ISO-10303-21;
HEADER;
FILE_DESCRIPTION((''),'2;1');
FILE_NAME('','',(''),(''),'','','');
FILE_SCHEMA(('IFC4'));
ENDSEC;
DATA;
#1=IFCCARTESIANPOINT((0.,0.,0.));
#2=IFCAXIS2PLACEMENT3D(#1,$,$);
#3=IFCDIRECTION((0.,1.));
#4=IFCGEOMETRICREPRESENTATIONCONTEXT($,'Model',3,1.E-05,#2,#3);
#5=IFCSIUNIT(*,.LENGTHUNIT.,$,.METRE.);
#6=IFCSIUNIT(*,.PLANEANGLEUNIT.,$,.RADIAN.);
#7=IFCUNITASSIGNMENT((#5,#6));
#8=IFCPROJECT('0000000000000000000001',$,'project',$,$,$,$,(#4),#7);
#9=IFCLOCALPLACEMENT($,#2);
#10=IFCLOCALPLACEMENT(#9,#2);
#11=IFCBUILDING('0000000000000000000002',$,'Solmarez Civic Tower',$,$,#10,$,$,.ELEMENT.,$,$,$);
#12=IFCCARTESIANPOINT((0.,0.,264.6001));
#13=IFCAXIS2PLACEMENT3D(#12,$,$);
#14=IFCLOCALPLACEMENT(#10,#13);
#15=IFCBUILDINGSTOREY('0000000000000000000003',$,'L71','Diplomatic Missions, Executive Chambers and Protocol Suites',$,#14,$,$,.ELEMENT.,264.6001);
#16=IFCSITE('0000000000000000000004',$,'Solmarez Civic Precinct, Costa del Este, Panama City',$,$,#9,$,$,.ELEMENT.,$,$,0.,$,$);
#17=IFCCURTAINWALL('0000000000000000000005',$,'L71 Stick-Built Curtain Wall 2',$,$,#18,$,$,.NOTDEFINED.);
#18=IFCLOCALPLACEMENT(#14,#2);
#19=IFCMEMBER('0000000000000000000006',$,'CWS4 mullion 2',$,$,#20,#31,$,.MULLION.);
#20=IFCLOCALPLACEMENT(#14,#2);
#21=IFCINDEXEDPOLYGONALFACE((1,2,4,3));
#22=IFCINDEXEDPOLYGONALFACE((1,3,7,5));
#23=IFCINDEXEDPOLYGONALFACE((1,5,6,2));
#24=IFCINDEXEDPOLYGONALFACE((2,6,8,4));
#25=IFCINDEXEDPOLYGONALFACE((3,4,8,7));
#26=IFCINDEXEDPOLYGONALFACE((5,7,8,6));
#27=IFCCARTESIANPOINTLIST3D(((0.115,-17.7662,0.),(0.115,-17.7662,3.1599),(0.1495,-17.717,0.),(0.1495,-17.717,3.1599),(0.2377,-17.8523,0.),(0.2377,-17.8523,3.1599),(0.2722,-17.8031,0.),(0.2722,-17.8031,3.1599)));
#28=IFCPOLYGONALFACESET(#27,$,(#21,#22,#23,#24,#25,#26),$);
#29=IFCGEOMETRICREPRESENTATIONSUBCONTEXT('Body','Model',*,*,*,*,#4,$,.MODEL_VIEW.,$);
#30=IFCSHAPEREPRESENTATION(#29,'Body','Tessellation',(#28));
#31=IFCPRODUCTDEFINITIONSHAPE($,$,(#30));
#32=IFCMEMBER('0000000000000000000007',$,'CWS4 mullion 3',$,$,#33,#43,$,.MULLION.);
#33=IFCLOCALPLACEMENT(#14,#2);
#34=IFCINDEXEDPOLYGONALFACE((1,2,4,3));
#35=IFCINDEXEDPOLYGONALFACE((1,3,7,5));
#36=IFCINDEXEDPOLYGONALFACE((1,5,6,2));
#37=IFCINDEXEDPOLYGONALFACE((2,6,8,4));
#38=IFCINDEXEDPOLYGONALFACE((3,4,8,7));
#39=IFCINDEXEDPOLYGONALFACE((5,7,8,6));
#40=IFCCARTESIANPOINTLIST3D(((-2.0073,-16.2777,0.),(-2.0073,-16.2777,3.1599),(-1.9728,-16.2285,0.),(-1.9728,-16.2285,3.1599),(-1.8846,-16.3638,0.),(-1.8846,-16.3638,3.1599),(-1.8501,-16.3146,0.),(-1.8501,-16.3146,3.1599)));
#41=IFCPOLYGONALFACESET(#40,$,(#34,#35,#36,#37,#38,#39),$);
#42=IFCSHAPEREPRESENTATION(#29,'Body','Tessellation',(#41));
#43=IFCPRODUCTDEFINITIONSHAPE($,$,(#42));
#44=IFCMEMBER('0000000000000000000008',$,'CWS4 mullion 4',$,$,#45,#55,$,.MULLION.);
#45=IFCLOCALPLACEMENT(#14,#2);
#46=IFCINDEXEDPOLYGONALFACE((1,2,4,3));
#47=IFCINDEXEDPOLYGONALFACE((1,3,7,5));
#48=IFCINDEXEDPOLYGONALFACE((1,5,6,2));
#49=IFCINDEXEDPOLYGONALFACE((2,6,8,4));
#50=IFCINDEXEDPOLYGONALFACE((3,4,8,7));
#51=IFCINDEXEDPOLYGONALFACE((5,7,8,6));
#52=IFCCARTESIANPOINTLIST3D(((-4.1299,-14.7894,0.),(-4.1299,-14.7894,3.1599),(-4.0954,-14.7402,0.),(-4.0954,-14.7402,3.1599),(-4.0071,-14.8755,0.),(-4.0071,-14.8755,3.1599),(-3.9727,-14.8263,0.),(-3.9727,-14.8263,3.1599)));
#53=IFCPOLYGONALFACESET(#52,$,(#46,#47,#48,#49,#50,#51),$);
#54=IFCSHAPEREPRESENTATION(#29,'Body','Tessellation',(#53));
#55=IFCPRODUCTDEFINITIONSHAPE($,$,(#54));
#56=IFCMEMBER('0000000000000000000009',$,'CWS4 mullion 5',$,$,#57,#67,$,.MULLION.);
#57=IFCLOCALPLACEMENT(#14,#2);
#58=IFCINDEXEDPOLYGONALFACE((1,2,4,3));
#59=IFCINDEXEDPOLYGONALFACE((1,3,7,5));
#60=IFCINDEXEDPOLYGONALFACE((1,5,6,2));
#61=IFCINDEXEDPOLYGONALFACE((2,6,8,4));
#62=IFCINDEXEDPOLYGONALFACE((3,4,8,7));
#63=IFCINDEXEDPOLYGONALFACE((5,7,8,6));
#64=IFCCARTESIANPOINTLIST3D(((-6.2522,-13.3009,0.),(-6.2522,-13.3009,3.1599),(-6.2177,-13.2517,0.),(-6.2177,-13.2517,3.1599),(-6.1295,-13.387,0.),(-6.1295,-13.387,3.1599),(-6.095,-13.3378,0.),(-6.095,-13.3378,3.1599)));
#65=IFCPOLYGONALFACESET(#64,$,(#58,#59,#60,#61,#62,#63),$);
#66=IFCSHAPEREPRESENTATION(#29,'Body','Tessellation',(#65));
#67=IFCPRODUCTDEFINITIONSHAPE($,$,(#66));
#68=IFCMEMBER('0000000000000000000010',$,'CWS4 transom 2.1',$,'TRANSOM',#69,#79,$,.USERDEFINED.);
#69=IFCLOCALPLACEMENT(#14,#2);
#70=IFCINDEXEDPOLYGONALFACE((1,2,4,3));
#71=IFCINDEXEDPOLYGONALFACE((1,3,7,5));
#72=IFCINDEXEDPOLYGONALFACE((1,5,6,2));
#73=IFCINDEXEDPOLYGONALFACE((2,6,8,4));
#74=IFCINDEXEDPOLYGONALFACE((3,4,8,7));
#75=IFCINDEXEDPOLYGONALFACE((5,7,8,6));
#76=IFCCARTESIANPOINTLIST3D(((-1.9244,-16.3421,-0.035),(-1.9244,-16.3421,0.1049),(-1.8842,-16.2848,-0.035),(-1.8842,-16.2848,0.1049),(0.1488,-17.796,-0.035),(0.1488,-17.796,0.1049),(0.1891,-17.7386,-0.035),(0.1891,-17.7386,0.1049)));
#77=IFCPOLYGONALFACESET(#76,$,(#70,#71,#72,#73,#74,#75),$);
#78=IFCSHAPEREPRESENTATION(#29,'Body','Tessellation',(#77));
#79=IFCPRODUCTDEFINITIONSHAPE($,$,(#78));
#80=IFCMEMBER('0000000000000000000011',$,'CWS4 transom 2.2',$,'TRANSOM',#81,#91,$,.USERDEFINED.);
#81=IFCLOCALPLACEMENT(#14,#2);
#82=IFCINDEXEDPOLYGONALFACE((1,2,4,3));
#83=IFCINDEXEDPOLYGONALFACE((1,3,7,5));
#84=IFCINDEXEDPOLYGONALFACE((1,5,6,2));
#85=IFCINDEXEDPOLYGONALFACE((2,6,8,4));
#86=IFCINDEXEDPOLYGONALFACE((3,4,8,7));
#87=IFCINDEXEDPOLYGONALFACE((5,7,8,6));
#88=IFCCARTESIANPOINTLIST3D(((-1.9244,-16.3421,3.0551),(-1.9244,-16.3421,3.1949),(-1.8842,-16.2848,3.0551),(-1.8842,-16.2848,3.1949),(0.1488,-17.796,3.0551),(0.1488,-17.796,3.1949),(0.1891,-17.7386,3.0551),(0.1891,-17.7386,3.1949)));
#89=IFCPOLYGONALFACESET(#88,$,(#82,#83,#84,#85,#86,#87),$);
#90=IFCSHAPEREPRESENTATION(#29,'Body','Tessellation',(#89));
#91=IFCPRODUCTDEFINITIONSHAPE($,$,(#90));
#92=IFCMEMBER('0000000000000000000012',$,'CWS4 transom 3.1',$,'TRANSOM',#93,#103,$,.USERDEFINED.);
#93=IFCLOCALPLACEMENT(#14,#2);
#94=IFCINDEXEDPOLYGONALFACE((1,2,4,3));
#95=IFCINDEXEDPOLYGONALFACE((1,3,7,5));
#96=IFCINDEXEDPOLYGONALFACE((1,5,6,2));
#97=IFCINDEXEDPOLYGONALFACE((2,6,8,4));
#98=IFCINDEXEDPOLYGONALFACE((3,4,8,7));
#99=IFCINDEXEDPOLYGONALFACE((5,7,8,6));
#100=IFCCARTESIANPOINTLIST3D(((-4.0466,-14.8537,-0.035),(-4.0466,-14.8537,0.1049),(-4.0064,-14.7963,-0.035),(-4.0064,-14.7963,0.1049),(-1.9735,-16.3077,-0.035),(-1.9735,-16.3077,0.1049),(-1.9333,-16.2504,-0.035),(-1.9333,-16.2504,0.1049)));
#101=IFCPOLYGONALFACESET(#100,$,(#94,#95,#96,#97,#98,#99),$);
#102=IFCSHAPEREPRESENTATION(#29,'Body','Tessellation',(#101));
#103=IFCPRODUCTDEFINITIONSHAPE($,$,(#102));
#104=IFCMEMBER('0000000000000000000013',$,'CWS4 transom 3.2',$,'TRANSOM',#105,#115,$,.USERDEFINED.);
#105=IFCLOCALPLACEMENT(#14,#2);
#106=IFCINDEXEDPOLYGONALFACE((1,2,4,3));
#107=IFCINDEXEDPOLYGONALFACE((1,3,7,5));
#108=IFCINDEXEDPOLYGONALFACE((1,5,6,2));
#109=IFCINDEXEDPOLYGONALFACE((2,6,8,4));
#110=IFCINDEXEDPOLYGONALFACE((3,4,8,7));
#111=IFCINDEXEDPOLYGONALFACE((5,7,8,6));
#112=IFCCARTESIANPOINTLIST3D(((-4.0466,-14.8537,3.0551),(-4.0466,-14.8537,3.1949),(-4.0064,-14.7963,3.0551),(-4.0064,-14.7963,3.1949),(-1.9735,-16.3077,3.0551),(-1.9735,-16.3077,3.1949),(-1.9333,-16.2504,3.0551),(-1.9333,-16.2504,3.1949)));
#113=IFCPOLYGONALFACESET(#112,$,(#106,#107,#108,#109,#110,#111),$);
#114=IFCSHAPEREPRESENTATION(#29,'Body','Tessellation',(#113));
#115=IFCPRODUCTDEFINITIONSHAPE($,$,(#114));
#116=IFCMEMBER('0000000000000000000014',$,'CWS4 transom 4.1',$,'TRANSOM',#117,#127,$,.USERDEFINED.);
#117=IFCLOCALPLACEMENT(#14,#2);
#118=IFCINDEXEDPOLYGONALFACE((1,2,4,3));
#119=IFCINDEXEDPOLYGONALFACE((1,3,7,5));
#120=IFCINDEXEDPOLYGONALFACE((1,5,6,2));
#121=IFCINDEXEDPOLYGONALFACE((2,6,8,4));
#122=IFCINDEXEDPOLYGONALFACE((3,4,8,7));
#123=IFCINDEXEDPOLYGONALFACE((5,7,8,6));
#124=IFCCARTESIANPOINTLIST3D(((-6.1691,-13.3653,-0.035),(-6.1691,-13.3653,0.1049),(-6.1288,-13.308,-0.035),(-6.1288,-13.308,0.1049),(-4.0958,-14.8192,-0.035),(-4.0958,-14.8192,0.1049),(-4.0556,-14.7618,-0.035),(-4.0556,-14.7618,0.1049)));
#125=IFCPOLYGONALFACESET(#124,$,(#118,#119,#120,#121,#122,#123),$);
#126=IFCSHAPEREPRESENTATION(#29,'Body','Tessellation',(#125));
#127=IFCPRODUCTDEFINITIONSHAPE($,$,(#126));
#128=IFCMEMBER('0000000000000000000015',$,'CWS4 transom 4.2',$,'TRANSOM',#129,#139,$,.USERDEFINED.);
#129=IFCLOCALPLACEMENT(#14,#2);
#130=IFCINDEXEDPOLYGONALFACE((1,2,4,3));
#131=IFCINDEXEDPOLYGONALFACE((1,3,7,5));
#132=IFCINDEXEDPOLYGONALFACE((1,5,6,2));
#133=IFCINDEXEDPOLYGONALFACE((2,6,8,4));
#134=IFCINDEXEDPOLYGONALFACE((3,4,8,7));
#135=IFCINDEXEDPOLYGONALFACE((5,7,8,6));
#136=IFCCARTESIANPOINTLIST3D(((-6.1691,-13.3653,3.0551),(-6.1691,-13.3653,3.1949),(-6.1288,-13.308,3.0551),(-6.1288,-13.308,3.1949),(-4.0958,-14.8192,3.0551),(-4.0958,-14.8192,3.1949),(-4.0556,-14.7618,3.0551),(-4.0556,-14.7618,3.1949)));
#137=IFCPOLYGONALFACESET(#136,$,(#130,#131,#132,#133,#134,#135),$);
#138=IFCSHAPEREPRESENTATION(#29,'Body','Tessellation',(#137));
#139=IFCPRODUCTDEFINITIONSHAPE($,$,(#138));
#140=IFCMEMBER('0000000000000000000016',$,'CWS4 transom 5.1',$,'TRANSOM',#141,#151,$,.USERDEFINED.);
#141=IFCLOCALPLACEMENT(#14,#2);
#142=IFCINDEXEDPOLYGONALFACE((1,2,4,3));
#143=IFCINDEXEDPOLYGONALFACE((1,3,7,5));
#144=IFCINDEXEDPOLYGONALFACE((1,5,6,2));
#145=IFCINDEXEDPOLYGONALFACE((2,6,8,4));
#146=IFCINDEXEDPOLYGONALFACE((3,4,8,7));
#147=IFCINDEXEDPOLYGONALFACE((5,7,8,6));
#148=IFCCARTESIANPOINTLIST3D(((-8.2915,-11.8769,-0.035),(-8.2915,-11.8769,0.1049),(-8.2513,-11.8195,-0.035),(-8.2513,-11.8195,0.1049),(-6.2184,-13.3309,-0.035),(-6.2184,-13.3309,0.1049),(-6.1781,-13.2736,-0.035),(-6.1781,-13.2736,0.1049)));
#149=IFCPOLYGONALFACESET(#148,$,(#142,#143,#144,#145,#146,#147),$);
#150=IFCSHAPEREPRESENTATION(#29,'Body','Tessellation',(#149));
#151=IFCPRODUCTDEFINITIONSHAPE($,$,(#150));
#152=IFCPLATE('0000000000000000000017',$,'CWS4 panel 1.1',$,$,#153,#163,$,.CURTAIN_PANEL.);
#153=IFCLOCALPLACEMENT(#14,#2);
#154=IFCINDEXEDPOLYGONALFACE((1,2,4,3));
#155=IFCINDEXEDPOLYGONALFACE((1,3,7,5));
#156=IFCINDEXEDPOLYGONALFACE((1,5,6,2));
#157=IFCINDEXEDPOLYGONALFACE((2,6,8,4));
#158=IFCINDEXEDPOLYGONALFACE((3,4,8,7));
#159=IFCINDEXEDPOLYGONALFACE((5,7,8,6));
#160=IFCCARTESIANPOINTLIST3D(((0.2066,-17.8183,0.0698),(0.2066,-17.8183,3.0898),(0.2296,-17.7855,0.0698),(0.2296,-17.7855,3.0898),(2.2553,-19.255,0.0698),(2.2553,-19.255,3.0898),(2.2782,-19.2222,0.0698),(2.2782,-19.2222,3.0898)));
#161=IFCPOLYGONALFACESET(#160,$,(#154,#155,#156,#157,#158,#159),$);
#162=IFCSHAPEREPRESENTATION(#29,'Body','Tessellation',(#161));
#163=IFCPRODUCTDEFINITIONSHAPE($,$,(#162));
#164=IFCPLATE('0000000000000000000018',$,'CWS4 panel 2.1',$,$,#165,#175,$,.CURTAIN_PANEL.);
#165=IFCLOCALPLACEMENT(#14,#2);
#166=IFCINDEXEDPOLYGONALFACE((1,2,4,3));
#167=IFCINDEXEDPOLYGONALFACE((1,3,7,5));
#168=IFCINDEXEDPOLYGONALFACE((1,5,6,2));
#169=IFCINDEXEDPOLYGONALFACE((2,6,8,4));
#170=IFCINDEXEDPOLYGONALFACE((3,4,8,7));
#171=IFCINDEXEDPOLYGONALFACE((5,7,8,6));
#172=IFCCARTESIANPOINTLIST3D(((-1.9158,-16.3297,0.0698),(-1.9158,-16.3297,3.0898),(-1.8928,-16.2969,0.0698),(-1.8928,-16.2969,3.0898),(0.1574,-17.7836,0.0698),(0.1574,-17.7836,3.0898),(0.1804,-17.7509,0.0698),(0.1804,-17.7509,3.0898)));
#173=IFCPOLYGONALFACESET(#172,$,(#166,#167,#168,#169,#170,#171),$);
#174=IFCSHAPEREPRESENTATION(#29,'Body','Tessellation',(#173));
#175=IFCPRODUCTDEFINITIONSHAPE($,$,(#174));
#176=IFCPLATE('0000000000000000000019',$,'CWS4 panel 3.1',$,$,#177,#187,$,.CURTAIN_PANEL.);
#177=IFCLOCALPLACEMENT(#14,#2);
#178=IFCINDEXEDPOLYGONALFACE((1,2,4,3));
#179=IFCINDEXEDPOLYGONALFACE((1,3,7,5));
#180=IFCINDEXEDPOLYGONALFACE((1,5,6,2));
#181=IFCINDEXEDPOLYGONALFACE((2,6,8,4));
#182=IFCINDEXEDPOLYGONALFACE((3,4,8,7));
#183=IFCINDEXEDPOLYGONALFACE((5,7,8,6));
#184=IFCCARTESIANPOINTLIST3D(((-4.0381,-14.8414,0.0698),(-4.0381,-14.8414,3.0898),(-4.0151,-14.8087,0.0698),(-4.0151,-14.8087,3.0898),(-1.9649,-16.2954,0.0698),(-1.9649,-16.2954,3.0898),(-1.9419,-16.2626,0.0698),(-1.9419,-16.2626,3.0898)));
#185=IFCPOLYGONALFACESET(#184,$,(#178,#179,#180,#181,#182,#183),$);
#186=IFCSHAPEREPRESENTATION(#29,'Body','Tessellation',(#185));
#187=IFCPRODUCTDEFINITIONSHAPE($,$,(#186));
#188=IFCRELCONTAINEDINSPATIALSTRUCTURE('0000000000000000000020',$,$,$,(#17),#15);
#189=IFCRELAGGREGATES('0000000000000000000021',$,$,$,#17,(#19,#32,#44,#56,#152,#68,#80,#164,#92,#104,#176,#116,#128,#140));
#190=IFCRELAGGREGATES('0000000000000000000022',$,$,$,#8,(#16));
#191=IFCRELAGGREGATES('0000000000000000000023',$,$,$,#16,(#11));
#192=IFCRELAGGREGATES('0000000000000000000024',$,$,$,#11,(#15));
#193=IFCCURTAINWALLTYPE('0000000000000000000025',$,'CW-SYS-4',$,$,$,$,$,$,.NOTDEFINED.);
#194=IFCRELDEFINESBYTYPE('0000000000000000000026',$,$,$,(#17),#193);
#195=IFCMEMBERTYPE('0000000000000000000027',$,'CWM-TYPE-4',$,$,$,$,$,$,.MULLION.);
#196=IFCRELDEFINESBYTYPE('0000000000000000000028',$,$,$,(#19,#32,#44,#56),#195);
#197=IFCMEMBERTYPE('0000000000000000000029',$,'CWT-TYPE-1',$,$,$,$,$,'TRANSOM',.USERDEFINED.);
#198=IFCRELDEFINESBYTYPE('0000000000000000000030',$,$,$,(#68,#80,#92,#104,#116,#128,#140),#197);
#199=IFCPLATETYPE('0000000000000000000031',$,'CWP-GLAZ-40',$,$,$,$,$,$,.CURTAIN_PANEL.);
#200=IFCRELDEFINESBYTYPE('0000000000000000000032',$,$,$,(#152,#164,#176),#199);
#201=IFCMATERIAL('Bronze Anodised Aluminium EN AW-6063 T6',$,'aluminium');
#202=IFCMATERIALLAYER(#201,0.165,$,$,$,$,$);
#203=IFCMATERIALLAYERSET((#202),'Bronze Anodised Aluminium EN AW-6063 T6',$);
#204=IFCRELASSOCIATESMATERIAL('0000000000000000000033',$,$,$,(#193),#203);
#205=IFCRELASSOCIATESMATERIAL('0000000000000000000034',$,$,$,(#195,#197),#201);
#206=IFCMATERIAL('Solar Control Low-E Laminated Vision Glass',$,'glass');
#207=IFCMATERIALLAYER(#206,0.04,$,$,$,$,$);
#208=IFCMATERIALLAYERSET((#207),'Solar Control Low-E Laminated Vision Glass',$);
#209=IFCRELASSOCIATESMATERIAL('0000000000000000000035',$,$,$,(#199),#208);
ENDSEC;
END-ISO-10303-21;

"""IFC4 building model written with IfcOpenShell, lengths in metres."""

from ifc_helpers import new_model, si_unit, direction, frame, origin, origin_2d, place, context, subcontext, project, spatial, rectangle, extrude, material, layer, layer_set, material_profile, profile_set, type_object, element, aggregate, save


model = new_model("IFC4")

# Units and contexts
model_context = context("Model", 3, precision=1e-05, world=origin(), true_north=direction((0.0, 1.0)))
body_context = subcontext(model_context, "Body", "Model", "MODEL_VIEW")
ifc_project = project(units=[si_unit("LENGTHUNIT", "METRE"), si_unit("PLANEANGLEUNIT", "RADIAN")], contexts=[model_context])

# Site, building, storey
site_placement = place(None, origin())
site = spatial("IfcSite", under=ifc_project, at=site_placement, Name="Solmarez Civic Precinct, Costa del Este, Panama City", CompositionType="ELEMENT", RefElevation=0.0)
building_placement = place(site_placement, origin())
building = spatial("IfcBuilding", under=site, at=building_placement, Name="Solmarez Civic Tower", CompositionType="ELEMENT")
storey_placement = place(building_placement, frame((0.0, 0.0, 264.6001)))
storey = spatial("IfcBuildingStorey", under=building, at=storey_placement, Name="L71", Description="Diplomatic Missions, Executive Chambers and Protocol Suites", CompositionType="ELEMENT", Elevation=264.6001)

# Curtain wall, members, plates
ifc_material_1 = material(Name="Bronze Anodised Aluminium EN AW-6063 T6", Category="aluminium")
ifc_layer_1 = layer(ifc_material_1, 0.165)
ifc_layer_set_1 = layer_set([ifc_layer_1], Name="Bronze Anodised Aluminium EN AW-6063 T6")
curtain_wall_type = type_object("IfcCurtainWallType", Name="CW-SYS-4", PredefinedType="NOTDEFINED", material=ifc_layer_set_1)
curtain_wall_placement = place(storey_placement, origin())
curtain_wall = element("IfcCurtainWall", 1, at=curtain_wall_placement, inside=storey, type_object=curtain_wall_type, Name="L71 Stick-Built Curtain Wall 2", PredefinedType="NOTDEFINED")
ifc_material_profile_1 = material_profile(ifc_material_1, rectangle(XDim=0.0601, YDim=0.1499, at=origin_2d()), Name="CWM-60X150")
ifc_profile_set_1 = profile_set([ifc_material_profile_1], Name="Bronze Anodised Aluminium EN AW-6063 T6")
member_type_1 = type_object("IfcMemberType", Name="CWM-TYPE-4", PredefinedType="MULLION", material=ifc_profile_set_1)
member_1_placement = place(storey_placement, frame((0.1936, -17.7847, 0.0), z_axis=(0.0, 0.0, 1.0), x_axis=(-0.574166, -0.818739, 0.0)))
member_1 = element("IfcMember", 2, at=member_1_placement, type_object=member_type_1, Name="CWS4 mullion 2", PredefinedType="MULLION", context=body_context, shape_type="SweptSolid", body=[
    extrude(rectangle(XDim=0.0601, YDim=0.1499, at=origin_2d()), origin(), (0.0, 0.0, 1.0), 3.1599),
])
member_2_placement = place(storey_placement, frame((-1.9287, -16.2961, 0.0), z_axis=(0.0, 0.0, 1.0), x_axis=(-0.574166, -0.818739, 0.0)))
member_2 = element("IfcMember", 3, at=member_2_placement, type_object=member_type_1, Name="CWS4 mullion 3", PredefinedType="MULLION", context=body_context, shape_type="SweptSolid", body=[
    extrude(rectangle(XDim=0.0601, YDim=0.1499, at=origin_2d()), origin(), (0.0, 0.0, 1.0), 3.1599),
])
member_3_placement = place(storey_placement, frame((-4.0513, -14.8079, 0.0), z_axis=(0.0, 0.0, 1.0), x_axis=(-0.574166, -0.818739, 0.0)))
member_3 = element("IfcMember", 4, at=member_3_placement, type_object=member_type_1, Name="CWS4 mullion 4", PredefinedType="MULLION", context=body_context, shape_type="SweptSolid", body=[
    extrude(rectangle(XDim=0.0601, YDim=0.1499, at=origin_2d()), origin(), (0.0, 0.0, 1.0), 3.1599),
])
member_4_placement = place(storey_placement, frame((-6.1736, -13.3193, 0.0), z_axis=(0.0, 0.0, 1.0), x_axis=(-0.574166, -0.818739, 0.0)))
member_4 = element("IfcMember", 5, at=member_4_placement, type_object=member_type_1, Name="CWS4 mullion 5", PredefinedType="MULLION", context=body_context, shape_type="SweptSolid", body=[
    extrude(rectangle(XDim=0.0601, YDim=0.1499, at=origin_2d()), origin(), (0.0, 0.0, 1.0), 3.1599),
])
ifc_material_profile_2 = material_profile(ifc_material_1, rectangle(XDim=0.0701, YDim=0.1399, at=origin_2d()), Name="CWT-70X140")
ifc_profile_set_2 = profile_set([ifc_material_profile_2], Name="Bronze Anodised Aluminium EN AW-6063 T6")
member_type_2 = type_object("IfcMemberType", Name="CWT-TYPE-1", ElementType="TRANSOM", PredefinedType="USERDEFINED", material=ifc_profile_set_2)
member_5_placement = place(storey_placement, frame((0.1689, -17.7673, 0.0349), z_axis=(-0.818752, 0.574148, 0.0), x_axis=(-0.574148, -0.818752, 0.0)))
member_5 = element("IfcMember", 6, at=member_5_placement, type_object=member_type_2, Name="CWS4 transom 2.1", ObjectType="TRANSOM", PredefinedType="USERDEFINED", context=body_context, shape_type="SweptSolid", body=[
    extrude(rectangle(XDim=0.0701, YDim=0.1399, at=origin_2d()), origin(), (0.0, 0.0, 1.0), 2.5322),
])
member_6_placement = place(storey_placement, frame((0.1689, -17.7673, 3.125), z_axis=(-0.818752, 0.574148, 0.0), x_axis=(-0.574148, -0.818752, 0.0)))
member_6 = element("IfcMember", 7, at=member_6_placement, type_object=member_type_2, Name="CWS4 transom 2.2", ObjectType="TRANSOM", PredefinedType="USERDEFINED", context=body_context, shape_type="SweptSolid", body=[
    extrude(rectangle(XDim=0.0701, YDim=0.1399, at=origin_2d()), origin(), (0.0, 0.0, 1.0), 2.5322),
])
member_7_placement = place(storey_placement, frame((-1.9534, -16.2791, 0.0349), z_axis=(-0.818706, 0.574213, 0.0), x_axis=(-0.574213, -0.818706, 0.0)))
member_7 = element("IfcMember", 8, at=member_7_placement, type_object=member_type_2, Name="CWS4 transom 3.1", ObjectType="TRANSOM", PredefinedType="USERDEFINED", context=body_context, shape_type="SweptSolid", body=[
    extrude(rectangle(XDim=0.0701, YDim=0.1399, at=origin_2d()), origin(), (0.0, 0.0, 1.0), 2.5322),
])
member_8_placement = place(storey_placement, frame((-1.9534, -16.2791, 3.125), z_axis=(-0.818706, 0.574213, 0.0), x_axis=(-0.574213, -0.818706, 0.0)))
member_8 = element("IfcMember", 9, at=member_8_placement, type_object=member_type_2, Name="CWS4 transom 3.2", ObjectType="TRANSOM", PredefinedType="USERDEFINED", context=body_context, shape_type="SweptSolid", body=[
    extrude(rectangle(XDim=0.0701, YDim=0.1399, at=origin_2d()), origin(), (0.0, 0.0, 1.0), 2.5322),
])
member_9_placement = place(storey_placement, frame((-4.0757, -14.7905, 0.0349), z_axis=(-0.818752, 0.574148, 0.0), x_axis=(-0.574148, -0.818752, 0.0)))
member_9 = element("IfcMember", 10, at=member_9_placement, type_object=member_type_2, Name="CWS4 transom 4.1", ObjectType="TRANSOM", PredefinedType="USERDEFINED", context=body_context, shape_type="SweptSolid", body=[
    extrude(rectangle(XDim=0.0701, YDim=0.1399, at=origin_2d()), origin(), (0.0, 0.0, 1.0), 2.5322),
])
member_10_placement = place(storey_placement, frame((-4.0757, -14.7905, 3.125), z_axis=(-0.818752, 0.574148, 0.0), x_axis=(-0.574148, -0.818752, 0.0)))
member_10 = element("IfcMember", 11, at=member_10_placement, type_object=member_type_2, Name="CWS4 transom 4.2", ObjectType="TRANSOM", PredefinedType="USERDEFINED", context=body_context, shape_type="SweptSolid", body=[
    extrude(rectangle(XDim=0.0701, YDim=0.1399, at=origin_2d()), origin(), (0.0, 0.0, 1.0), 2.5322),
])
member_11_placement = place(storey_placement, frame((-6.1982, -13.3022, 0.0349), z_axis=(-0.818706, 0.574213, 0.0), x_axis=(-0.574213, -0.818706, 0.0)))
member_11 = element("IfcMember", 12, at=member_11_placement, type_object=member_type_2, Name="CWS4 transom 5.1", ObjectType="TRANSOM", PredefinedType="USERDEFINED", context=body_context, shape_type="SweptSolid", body=[
    extrude(rectangle(XDim=0.0701, YDim=0.1399, at=origin_2d()), origin(), (0.0, 0.0, 1.0), 2.5322),
])
ifc_material_2 = material(Name="Solar Control Low-E Laminated Vision Glass", Category="glass")
ifc_layer_2 = layer(ifc_material_2, 0.04)
ifc_layer_set_2 = layer_set([ifc_layer_2], Name="Solar Control Low-E Laminated Vision Glass")
plate_type = type_object("IfcPlateType", Name="CWP-GLAZ-40", PredefinedType="CURTAIN_PANEL", material=ifc_layer_set_2)
plate_1_placement = place(storey_placement, frame((1.2424, -18.5203, 0.0698), z_axis=(0.0, 0.0, 1.0), x_axis=(-0.818739, 0.574166, 0.0)))
plate_1 = element("IfcPlate", 13, at=plate_1_placement, type_object=plate_type, Name="CWS4 panel 1.1", PredefinedType="CURTAIN_PANEL", context=body_context, shape_type="SweptSolid", body=[
    extrude(rectangle(XDim=2.5022, YDim=0.04, at=origin_2d()), origin(), (0.0, 0.0, 1.0), 3.02),
])
plate_2_placement = place(storey_placement, frame((-0.8677, -17.0403, 0.0698), z_axis=(0.0, 0.0, 1.0), x_axis=(-0.818739, 0.574166, 0.0)))
plate_2 = element("IfcPlate", 14, at=plate_2_placement, type_object=plate_type, Name="CWS4 panel 2.1", PredefinedType="CURTAIN_PANEL", context=body_context, shape_type="SweptSolid", body=[
    extrude(rectangle(XDim=2.5322, YDim=0.04, at=origin_2d()), origin(), (0.0, 0.0, 1.0), 3.02),
])
plate_3_placement = place(storey_placement, frame((-2.99, -15.552, 0.0698), z_axis=(0.0, 0.0, 1.0), x_axis=(-0.818739, 0.574166, 0.0)))
plate_3 = element("IfcPlate", 15, at=plate_3_placement, type_object=plate_type, Name="CWS4 panel 3.1", PredefinedType="CURTAIN_PANEL", context=body_context, shape_type="SweptSolid", body=[
    extrude(rectangle(XDim=2.5322, YDim=0.04, at=origin_2d()), origin(), (0.0, 0.0, 1.0), 3.02),
])
aggregate(curtain_wall, [member_1, member_2, member_3, member_4, plate_1, member_5, member_6, plate_2, member_7, member_8, plate_3, member_9, member_10, member_11])

save(model, "model.ifc")
